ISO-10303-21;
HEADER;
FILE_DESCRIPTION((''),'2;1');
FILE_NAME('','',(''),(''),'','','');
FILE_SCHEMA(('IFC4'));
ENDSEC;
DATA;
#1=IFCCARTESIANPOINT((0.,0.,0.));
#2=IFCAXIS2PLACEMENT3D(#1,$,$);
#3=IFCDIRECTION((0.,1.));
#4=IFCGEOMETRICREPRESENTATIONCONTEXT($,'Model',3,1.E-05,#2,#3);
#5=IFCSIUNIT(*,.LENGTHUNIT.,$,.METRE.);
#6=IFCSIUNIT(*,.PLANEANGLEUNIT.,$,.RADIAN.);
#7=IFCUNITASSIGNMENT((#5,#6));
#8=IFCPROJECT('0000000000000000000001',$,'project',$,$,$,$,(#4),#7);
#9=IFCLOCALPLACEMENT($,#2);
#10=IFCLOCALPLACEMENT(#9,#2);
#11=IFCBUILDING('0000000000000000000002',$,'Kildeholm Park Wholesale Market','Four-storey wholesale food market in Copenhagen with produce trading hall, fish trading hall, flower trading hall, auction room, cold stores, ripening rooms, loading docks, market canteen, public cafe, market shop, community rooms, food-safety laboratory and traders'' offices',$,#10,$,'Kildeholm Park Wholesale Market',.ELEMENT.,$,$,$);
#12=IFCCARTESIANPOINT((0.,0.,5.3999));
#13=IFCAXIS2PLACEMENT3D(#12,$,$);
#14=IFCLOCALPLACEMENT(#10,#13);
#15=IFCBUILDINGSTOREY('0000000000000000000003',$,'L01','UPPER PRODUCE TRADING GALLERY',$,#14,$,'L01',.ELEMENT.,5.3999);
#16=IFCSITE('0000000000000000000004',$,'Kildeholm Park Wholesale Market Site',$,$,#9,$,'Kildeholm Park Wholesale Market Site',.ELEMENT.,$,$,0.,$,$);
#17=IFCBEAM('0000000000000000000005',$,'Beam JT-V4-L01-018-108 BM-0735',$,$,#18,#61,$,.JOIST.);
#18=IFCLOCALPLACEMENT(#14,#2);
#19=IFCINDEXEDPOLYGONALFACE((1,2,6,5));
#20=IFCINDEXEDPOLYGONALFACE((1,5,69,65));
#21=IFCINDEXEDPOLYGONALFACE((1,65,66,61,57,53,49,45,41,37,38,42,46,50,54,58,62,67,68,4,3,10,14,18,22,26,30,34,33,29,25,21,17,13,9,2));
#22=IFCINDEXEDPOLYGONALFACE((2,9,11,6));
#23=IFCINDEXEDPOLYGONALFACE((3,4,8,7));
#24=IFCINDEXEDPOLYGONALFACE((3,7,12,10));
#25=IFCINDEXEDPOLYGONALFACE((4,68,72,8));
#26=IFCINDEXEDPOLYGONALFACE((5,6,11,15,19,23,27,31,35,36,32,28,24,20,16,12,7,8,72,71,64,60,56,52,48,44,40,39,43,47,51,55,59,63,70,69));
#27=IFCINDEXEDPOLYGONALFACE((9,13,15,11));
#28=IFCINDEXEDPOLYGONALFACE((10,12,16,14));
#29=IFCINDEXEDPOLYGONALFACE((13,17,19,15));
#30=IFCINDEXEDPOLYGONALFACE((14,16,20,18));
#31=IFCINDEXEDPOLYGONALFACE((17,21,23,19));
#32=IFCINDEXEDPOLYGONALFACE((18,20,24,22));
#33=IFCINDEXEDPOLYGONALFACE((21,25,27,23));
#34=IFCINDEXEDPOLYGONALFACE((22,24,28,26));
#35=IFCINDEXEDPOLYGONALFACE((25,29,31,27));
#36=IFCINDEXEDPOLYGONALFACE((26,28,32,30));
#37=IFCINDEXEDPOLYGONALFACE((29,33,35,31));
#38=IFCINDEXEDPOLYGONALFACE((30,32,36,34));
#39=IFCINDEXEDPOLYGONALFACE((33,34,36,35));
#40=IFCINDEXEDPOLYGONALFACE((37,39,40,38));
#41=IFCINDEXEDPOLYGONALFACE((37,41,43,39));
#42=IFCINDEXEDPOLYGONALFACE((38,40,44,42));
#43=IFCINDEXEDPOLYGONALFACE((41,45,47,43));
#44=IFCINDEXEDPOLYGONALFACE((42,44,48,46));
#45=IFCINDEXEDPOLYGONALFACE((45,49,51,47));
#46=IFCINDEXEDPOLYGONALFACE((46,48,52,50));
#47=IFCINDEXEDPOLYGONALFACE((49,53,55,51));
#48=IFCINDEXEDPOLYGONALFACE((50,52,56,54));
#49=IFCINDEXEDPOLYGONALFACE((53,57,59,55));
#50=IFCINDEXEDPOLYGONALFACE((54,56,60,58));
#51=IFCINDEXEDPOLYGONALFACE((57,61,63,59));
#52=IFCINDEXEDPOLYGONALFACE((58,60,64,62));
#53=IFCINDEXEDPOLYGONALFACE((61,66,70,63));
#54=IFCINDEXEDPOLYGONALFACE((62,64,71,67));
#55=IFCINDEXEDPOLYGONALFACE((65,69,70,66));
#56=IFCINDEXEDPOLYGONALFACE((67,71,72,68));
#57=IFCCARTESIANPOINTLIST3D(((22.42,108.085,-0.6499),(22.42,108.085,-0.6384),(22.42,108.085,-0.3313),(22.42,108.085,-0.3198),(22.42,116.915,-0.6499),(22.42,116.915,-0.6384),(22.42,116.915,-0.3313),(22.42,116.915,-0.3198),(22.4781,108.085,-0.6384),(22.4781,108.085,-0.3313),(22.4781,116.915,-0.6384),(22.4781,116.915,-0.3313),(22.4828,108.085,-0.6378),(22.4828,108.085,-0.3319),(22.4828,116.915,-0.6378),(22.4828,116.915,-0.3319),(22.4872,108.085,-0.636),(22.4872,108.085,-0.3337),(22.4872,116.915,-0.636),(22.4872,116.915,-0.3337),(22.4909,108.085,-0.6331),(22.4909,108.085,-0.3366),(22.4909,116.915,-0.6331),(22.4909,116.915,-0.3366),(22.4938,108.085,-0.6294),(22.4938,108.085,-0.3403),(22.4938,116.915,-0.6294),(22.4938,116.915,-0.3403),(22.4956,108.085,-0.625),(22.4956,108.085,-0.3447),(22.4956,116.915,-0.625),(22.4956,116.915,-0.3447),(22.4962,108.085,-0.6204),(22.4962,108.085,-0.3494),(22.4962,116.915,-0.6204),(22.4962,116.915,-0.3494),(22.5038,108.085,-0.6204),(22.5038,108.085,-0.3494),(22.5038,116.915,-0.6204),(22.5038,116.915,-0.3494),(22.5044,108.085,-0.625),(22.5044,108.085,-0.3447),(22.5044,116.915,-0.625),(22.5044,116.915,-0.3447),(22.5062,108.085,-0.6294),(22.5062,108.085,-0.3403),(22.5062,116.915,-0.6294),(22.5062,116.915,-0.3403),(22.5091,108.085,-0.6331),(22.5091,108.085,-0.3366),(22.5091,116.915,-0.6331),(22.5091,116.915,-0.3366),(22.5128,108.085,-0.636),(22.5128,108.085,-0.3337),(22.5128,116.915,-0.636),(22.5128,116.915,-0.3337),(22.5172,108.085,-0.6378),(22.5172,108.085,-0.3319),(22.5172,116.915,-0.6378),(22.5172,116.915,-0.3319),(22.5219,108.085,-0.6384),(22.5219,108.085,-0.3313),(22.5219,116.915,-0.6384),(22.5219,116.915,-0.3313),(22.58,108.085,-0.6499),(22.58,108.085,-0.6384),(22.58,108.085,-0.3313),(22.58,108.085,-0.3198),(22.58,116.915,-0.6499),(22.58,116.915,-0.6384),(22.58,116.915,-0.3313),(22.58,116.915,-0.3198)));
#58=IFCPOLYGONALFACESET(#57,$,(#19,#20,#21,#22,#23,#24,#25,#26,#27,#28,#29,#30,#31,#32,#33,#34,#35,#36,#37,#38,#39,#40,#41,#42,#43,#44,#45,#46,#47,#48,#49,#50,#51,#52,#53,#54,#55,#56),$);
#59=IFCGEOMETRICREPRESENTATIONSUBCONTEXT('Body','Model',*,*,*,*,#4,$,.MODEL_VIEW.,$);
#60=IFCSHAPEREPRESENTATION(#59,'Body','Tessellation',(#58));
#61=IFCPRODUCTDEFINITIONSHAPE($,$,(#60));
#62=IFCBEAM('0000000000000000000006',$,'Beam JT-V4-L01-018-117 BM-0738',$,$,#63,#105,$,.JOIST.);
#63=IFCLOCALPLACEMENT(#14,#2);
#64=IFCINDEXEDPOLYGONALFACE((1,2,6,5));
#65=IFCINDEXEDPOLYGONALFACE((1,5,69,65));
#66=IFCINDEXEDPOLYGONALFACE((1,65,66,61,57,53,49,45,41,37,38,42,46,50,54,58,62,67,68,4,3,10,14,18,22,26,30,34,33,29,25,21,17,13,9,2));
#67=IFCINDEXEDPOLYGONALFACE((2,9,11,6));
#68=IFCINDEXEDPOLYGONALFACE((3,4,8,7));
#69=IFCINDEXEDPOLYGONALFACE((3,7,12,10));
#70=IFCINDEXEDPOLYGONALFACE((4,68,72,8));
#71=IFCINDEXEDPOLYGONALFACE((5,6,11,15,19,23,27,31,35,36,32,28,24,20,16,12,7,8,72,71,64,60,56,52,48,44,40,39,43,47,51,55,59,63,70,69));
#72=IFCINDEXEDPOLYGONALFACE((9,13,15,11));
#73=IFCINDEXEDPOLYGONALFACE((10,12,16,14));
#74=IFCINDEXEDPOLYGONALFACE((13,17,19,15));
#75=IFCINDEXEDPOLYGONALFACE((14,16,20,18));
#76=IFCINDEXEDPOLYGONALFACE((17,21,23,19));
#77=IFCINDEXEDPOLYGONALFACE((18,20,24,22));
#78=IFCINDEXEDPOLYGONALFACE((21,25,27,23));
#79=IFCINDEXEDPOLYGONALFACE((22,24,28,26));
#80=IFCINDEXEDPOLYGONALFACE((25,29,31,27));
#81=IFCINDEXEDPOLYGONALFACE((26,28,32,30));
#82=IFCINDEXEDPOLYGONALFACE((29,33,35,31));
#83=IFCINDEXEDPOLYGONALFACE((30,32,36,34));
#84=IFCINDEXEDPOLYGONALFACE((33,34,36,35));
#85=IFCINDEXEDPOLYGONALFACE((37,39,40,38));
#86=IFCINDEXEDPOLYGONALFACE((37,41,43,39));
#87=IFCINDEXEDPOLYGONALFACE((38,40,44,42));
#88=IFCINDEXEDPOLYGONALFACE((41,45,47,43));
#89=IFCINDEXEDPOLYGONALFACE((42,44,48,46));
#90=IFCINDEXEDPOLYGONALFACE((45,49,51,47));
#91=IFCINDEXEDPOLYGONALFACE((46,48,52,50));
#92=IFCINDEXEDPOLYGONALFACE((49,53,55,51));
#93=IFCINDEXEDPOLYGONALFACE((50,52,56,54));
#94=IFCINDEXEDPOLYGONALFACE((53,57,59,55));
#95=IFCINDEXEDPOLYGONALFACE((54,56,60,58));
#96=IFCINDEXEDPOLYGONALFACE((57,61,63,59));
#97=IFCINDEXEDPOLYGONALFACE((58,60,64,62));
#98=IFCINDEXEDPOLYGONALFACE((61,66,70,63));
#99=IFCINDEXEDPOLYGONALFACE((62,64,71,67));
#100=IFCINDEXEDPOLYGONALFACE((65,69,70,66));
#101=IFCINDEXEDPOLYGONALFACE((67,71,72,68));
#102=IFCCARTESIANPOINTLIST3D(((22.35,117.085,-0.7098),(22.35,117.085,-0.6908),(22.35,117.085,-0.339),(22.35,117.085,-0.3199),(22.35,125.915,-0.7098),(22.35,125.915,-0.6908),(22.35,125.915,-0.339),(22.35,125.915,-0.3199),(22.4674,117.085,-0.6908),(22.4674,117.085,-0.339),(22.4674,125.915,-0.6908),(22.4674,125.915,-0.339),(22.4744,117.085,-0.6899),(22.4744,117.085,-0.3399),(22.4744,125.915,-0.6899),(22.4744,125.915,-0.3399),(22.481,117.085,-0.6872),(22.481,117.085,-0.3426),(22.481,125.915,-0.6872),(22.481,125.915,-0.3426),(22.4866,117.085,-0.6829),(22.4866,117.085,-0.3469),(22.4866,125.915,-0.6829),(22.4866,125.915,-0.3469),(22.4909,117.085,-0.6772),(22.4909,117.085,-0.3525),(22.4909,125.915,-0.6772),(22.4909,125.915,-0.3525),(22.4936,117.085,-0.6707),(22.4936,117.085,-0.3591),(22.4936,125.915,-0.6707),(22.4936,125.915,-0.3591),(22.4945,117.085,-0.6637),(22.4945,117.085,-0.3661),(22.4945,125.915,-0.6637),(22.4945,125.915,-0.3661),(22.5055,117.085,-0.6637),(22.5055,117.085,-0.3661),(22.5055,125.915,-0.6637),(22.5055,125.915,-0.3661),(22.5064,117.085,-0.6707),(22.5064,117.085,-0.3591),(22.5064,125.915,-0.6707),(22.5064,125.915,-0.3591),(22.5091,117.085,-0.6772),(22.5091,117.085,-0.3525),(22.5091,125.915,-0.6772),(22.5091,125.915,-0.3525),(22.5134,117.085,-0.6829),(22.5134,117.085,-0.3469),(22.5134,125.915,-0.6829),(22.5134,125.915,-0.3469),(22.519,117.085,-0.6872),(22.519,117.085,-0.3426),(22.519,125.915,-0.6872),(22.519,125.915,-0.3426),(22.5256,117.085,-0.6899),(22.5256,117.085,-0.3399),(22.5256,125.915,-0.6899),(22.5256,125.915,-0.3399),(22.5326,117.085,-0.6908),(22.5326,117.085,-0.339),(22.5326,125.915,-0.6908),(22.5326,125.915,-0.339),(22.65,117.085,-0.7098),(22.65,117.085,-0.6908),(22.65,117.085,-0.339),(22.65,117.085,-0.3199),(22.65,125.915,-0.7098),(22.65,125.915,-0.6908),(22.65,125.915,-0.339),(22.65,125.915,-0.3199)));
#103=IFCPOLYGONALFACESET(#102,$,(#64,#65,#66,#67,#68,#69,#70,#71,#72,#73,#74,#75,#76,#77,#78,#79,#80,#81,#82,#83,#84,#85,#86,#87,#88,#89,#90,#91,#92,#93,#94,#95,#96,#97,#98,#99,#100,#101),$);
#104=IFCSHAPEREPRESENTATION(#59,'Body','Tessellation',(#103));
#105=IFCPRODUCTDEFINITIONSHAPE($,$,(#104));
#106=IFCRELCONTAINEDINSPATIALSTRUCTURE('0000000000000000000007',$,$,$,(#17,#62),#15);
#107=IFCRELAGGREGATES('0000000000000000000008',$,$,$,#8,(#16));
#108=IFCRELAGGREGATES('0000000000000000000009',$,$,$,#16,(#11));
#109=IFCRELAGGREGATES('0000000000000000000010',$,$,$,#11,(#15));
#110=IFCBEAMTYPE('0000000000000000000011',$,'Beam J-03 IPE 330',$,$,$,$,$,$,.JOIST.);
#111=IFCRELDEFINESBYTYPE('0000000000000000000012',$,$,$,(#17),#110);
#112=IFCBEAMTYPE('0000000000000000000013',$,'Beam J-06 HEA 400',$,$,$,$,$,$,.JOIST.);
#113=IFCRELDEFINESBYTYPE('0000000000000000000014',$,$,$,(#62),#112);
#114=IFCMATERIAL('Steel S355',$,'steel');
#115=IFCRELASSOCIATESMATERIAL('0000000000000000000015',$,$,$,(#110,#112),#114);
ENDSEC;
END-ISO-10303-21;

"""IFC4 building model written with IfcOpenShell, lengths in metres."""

from ifc_helpers import new_model, si_unit, direction, frame, origin, origin_2d, place, context, subcontext, project, spatial, i_section, extrude, material, material_profile, profile_set, type_object, element, save


model = new_model("IFC4")

# Units and contexts
model_context = context("Model", 3, precision=1e-05, world=origin(), true_north=direction((0.0, 1.0)))
body_context = subcontext(model_context, "Body", "Model", "MODEL_VIEW")
ifc_project = project(units=[si_unit("LENGTHUNIT", "METRE"), si_unit("PLANEANGLEUNIT", "RADIAN")], contexts=[model_context])

# Site, building, storey
site_placement = place(None, origin())
site = spatial("IfcSite", under=ifc_project, at=site_placement, Name="Kildeholm Park Wholesale Market Site", LongName="Kildeholm Park Wholesale Market Site", CompositionType="ELEMENT", RefElevation=0.0)
building_placement = place(site_placement, origin())
building = spatial("IfcBuilding", under=site, at=building_placement, Name="Kildeholm Park Wholesale Market", Description="Four-storey wholesale food market in Copenhagen with produce trading hall, fish trading hall, flower trading hall, auction room, cold stores, ripening rooms, loading docks, market canteen, public cafe, market shop, community rooms, food-safety laboratory and traders' offices", LongName="Kildeholm Park Wholesale Market", CompositionType="ELEMENT")
storey_placement = place(building_placement, frame((0.0, 0.0, 5.3999)))
storey = spatial("IfcBuildingStorey", under=building, at=storey_placement, Name="L01", Description="UPPER PRODUCE TRADING GALLERY", LongName="L01", CompositionType="ELEMENT", Elevation=5.3999)

# Beams
ifc_material_1 = material(Name="Steel S355", Category="steel")
ifc_material_profile_1 = material_profile(ifc_material_1, i_section(OverallWidth=0.1599, OverallDepth=0.3301, WebThickness=0.0076, FlangeThickness=0.0115, FilletRadius=0.0181, at=origin_2d()), Name="IPE 330")
ifc_profile_set_1 = profile_set([ifc_material_profile_1], Name="Steel S355")
beam_type_1 = type_object("IfcBeamType", Name="Beam J-03 IPE 330", PredefinedType="JOIST", material=ifc_profile_set_1)
beam_1_placement = place(storey_placement, frame((22.5, 108.085, -0.4849), z_axis=(0.0, 1.0, 0.0), x_axis=(-1.0, 0.0, 0.0)))
element("IfcBeam", 1, at=beam_1_placement, inside=storey, type_object=beam_type_1, Name="Beam JT-V4-L01-018-108 BM-0735", PredefinedType="JOIST", context=body_context, shape_type="SweptSolid", body=[
    extrude(i_section(OverallWidth=0.1599, OverallDepth=0.3301, WebThickness=0.0076, FlangeThickness=0.0115, FilletRadius=0.0181, at=origin_2d()), origin(), (0.0, 0.0, 1.0), 8.8301),
])
ifc_material_profile_2 = material_profile(ifc_material_1, i_section(OverallWidth=0.3, OverallDepth=0.3899, WebThickness=0.011, FlangeThickness=0.019, FilletRadius=0.0271, at=origin_2d()), Name="HEA 400")
ifc_profile_set_2 = profile_set([ifc_material_profile_2], Name="Steel S355")
beam_type_2 = type_object("IfcBeamType", Name="Beam J-06 HEA 400", PredefinedType="JOIST", material=ifc_profile_set_2)
beam_2_placement = place(storey_placement, frame((22.5, 117.085, -0.5149), z_axis=(0.0, 1.0, 0.0), x_axis=(-1.0, 0.0, 0.0)))
element("IfcBeam", 2, at=beam_2_placement, inside=storey, type_object=beam_type_2, Name="Beam JT-V4-L01-018-117 BM-0738", PredefinedType="JOIST", context=body_context, shape_type="SweptSolid", body=[
    extrude(i_section(OverallWidth=0.3, OverallDepth=0.3899, WebThickness=0.011, FlangeThickness=0.019, FilletRadius=0.0271, at=origin_2d()), origin(), (0.0, 0.0, 1.0), 8.8301),
])

save(model, "model.ifc")
